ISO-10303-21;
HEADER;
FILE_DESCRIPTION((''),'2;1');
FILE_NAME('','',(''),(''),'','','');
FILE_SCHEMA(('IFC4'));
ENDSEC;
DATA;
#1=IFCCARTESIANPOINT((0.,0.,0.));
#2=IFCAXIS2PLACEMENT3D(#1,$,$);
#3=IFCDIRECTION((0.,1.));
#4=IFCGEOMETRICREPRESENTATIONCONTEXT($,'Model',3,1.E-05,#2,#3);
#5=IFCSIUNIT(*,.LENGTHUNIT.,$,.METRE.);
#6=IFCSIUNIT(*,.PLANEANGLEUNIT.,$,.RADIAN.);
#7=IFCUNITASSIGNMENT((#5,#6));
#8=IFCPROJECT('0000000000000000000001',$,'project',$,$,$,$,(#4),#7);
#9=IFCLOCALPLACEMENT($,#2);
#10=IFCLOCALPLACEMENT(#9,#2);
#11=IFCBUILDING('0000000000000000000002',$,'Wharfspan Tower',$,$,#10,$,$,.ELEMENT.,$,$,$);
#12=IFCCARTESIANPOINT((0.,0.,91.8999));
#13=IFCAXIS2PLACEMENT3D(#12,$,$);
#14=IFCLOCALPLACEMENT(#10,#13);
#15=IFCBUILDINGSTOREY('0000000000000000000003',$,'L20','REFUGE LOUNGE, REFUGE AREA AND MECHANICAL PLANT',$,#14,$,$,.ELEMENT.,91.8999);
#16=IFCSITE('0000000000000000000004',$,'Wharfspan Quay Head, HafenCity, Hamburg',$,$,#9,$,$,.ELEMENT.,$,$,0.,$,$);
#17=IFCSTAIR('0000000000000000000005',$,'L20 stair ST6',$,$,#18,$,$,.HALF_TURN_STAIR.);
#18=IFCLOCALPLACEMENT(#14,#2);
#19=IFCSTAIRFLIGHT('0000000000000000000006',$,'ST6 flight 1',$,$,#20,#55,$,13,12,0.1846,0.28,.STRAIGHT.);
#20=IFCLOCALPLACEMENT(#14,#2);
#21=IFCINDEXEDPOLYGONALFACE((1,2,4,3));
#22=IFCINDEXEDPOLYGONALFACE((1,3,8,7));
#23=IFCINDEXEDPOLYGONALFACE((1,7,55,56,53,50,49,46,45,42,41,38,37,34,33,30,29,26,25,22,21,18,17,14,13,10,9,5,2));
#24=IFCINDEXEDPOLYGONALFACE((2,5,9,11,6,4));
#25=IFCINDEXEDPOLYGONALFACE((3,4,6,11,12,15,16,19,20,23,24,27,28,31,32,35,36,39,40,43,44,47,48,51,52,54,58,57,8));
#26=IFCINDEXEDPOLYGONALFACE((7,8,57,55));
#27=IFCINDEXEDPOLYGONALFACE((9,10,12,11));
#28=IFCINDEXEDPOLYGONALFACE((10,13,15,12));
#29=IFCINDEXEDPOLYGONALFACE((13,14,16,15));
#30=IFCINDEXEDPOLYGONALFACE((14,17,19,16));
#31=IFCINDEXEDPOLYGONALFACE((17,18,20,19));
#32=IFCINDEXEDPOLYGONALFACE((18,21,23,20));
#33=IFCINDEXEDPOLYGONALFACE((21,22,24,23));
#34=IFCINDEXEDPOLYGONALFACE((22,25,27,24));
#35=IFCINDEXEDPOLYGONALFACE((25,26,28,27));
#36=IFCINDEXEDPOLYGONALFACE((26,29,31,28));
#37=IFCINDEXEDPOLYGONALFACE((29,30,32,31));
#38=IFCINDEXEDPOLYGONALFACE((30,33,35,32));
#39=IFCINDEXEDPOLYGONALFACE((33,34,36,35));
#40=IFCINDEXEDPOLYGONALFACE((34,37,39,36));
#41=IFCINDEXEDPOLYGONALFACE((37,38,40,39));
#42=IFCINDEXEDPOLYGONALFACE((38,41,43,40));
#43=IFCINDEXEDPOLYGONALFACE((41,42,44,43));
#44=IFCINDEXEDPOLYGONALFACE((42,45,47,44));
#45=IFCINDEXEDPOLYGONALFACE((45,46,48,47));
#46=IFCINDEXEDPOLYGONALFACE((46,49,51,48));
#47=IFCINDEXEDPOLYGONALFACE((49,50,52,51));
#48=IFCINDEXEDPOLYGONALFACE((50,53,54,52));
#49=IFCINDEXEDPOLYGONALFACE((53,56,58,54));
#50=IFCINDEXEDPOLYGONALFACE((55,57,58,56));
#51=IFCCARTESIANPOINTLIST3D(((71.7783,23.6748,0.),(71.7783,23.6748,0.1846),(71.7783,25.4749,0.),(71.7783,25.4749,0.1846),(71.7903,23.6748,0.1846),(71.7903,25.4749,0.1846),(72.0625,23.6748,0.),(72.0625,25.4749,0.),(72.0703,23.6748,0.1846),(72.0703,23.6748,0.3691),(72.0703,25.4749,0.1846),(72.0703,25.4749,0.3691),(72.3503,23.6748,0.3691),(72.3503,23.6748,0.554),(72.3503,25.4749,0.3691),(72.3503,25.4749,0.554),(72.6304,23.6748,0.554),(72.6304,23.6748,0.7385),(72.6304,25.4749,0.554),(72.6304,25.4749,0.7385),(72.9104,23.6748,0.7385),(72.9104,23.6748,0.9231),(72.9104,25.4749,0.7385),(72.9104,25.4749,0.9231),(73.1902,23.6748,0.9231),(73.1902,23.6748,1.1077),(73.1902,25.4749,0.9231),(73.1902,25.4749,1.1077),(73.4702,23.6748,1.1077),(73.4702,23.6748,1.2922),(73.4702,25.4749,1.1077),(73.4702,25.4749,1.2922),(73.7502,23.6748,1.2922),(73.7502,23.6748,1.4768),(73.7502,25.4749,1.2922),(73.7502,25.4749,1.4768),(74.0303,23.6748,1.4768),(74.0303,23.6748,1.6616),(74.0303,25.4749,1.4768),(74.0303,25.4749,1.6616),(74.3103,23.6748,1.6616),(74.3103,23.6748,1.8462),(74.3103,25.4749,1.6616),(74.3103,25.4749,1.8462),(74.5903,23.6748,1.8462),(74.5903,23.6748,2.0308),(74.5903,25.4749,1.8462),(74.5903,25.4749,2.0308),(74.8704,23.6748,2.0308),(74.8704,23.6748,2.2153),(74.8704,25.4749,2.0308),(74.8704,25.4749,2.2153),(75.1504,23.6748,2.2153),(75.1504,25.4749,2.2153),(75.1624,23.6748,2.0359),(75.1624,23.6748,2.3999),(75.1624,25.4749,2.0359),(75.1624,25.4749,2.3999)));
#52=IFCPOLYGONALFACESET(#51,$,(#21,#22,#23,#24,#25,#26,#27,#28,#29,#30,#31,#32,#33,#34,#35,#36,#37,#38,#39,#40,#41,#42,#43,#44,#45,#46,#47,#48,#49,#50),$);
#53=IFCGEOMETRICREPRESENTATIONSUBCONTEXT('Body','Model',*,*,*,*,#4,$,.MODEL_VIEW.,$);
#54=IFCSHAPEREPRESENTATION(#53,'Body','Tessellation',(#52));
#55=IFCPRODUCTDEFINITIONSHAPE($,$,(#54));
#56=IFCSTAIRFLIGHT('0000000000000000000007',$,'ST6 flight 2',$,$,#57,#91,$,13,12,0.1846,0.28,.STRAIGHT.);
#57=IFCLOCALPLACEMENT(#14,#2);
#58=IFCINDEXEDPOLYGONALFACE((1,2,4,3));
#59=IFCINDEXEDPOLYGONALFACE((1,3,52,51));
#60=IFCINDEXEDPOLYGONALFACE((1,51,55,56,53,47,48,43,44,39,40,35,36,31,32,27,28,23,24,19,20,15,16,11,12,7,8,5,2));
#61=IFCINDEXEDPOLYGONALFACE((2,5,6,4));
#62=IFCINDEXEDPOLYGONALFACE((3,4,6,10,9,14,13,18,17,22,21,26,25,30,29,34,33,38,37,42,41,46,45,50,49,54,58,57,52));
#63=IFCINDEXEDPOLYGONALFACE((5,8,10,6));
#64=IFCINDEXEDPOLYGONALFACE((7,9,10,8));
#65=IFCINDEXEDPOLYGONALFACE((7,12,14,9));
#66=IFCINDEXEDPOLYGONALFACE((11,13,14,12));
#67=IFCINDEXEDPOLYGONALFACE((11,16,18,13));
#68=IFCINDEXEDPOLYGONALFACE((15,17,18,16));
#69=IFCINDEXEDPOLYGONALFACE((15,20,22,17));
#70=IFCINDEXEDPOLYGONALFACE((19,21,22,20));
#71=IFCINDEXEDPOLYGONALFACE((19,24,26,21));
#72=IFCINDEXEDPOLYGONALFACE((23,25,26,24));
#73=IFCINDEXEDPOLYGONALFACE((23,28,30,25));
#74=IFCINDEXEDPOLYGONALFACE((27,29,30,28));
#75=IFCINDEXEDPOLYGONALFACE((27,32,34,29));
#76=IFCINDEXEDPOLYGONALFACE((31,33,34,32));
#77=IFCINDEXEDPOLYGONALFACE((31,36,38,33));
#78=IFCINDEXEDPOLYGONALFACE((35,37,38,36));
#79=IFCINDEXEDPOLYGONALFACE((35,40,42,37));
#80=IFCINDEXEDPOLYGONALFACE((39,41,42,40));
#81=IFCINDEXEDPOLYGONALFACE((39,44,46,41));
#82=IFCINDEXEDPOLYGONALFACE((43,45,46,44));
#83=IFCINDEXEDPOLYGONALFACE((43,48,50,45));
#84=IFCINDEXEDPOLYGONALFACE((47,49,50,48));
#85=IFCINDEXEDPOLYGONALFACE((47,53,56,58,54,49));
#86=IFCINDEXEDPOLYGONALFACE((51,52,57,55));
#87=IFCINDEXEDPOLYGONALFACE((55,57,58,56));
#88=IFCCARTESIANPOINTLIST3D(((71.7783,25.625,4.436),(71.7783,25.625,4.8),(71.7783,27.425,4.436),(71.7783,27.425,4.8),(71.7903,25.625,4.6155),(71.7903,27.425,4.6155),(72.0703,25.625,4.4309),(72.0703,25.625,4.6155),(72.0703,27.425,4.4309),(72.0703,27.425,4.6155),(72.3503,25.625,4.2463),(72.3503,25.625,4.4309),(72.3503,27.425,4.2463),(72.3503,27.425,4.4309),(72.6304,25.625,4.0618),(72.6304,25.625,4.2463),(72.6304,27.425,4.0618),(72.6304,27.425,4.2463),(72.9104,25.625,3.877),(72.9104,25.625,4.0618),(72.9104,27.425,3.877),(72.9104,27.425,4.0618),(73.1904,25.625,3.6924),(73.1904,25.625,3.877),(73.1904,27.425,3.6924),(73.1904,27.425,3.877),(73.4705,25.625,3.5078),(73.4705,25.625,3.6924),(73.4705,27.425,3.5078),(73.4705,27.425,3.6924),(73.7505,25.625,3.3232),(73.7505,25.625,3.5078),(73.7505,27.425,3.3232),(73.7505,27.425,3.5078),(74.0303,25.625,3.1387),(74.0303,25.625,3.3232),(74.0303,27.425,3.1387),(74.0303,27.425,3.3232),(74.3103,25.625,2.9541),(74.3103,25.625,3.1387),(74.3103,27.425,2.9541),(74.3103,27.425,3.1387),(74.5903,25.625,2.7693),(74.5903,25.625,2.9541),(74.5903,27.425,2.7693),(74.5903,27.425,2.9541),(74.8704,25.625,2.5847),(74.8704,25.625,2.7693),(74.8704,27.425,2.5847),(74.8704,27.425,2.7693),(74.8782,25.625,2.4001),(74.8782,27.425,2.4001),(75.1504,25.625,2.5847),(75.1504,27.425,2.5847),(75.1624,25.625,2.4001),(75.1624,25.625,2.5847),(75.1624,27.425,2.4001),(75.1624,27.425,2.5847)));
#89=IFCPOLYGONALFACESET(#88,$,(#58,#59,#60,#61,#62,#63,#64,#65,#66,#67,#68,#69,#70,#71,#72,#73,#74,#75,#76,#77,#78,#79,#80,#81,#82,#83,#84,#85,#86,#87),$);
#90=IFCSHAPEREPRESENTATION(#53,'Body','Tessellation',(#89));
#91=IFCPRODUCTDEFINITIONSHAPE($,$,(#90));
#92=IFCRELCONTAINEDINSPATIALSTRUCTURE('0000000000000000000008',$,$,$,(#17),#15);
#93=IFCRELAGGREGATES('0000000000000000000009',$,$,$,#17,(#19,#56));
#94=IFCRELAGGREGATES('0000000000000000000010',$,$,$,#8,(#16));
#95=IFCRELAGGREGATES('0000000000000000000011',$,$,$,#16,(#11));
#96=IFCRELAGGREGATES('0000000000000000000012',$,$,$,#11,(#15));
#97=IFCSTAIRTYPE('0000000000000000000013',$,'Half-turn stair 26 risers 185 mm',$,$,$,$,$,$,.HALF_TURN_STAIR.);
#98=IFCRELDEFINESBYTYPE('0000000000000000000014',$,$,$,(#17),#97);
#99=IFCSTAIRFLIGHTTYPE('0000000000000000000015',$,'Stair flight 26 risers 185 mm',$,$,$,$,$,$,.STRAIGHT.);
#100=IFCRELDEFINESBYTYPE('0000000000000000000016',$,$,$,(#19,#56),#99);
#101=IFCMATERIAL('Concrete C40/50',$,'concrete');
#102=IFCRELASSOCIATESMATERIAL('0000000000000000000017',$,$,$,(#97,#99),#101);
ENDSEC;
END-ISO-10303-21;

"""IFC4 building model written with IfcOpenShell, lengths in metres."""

from ifc_helpers import new_model, si_unit, direction, frame, origin, place, context, subcontext, project, spatial, polyline, outline, extrude, material, type_object, element, aggregate, save


model = new_model("IFC4")

# Units and contexts
model_context = context("Model", 3, precision=1e-05, world=origin(), true_north=direction((0.0, 1.0)))
body_context = subcontext(model_context, "Body", "Model", "MODEL_VIEW")
ifc_project = project(units=[si_unit("LENGTHUNIT", "METRE"), si_unit("PLANEANGLEUNIT", "RADIAN")], contexts=[model_context])

# Site, building, storey
site_placement = place(None, origin())
site = spatial("IfcSite", under=ifc_project, at=site_placement, Name="Wharfspan Quay Head, HafenCity, Hamburg", CompositionType="ELEMENT", RefElevation=0.0)
building_placement = place(site_placement, origin())
building = spatial("IfcBuilding", under=site, at=building_placement, Name="Wharfspan Tower", CompositionType="ELEMENT")
storey_placement = place(building_placement, frame((0.0, 0.0, 91.8999)))
storey = spatial("IfcBuildingStorey", under=building, at=storey_placement, Name="L20", Description="REFUGE LOUNGE, REFUGE AREA AND MECHANICAL PLANT", CompositionType="ELEMENT", Elevation=91.8999)

# Shared definitions
ifc_material_1 = material(Name="Concrete C40/50", Category="concrete")

# Stair, stair flights
stair_type = type_object("IfcStairType", Name="Half-turn stair 26 risers 185 mm", PredefinedType="HALF_TURN_STAIR", material=ifc_material_1)
stair_placement = place(storey_placement, origin())
stair = element("IfcStair", 1, at=stair_placement, inside=storey, type_object=stair_type, Name="L20 stair ST6", PredefinedType="HALF_TURN_STAIR")
stair_flight_type = type_object("IfcStairFlightType", Name="Stair flight 26 risers 185 mm", PredefinedType="STRAIGHT", material=ifc_material_1)
stair_flight_1_placement = place(storey_placement, frame((71.7903, 24.575, 0.0), z_axis=(0.0, 0.0, 1.0), x_axis=(1.0, 0.0, 0.0)))
stair_flight_1 = element("IfcStairFlight", 2, at=stair_flight_1_placement, type_object=stair_flight_type, Name="ST6 flight 1", NumberOfRisers=13, NumberOfTreads=12, PredefinedType="STRAIGHT", RiserHeight=0.1846, TreadLength=0.28, context=body_context, shape_type="SweptSolid", body=[
    extrude(outline(polyline([(-0.012, 0.0), (-0.012, 0.1846), (0.0, 0.1846), (0.28, 0.1846), (0.28, 0.3691), (0.5601, 0.3691), (0.5601, 0.554), (0.8401, 0.554), (0.8401, 0.7385), (1.1201, 0.7385), (1.1201, 0.9231), (1.3999, 0.9231), (1.3999, 1.1077), (1.6799, 1.1077), (1.6799, 1.2922), (1.96, 1.2922), (1.96, 1.4768), (2.24, 1.4768), (2.24, 1.6616), (2.52, 1.6616), (2.52, 1.8462), (2.8, 1.8462), (2.8, 2.0308), (3.0801, 2.0308), (3.0801, 2.2153), (3.3601, 2.2153), (3.3721, 2.3999), (3.3721, 2.0359), (0.2722, 0.0), (-0.012, 0.0)])), frame((0.0, 0.8999, 0.0), z_axis=(0.0, -1.0, 0.0), x_axis=(1.0, 0.0, 0.0)), (0.0, 0.0, 1.0), 1.8),
])
stair_flight_2_placement = place(storey_placement, frame((75.1504, 26.5249, 2.4001), z_axis=(0.0, 0.0, 1.0), x_axis=(-1.0, 0.0, 0.0)))
stair_flight_2 = element("IfcStairFlight", 3, at=stair_flight_2_placement, type_object=stair_flight_type, Name="ST6 flight 2", NumberOfRisers=13, NumberOfTreads=12, PredefinedType="STRAIGHT", RiserHeight=0.1846, TreadLength=0.28, context=body_context, shape_type="SweptSolid", body=[
    extrude(outline(polyline([(-0.012, 0.0), (-0.012, 0.1846), (0.0, 0.1846), (0.28, 0.1846), (0.28, 0.3691), (0.5601, 0.3691), (0.5601, 0.554), (0.8401, 0.554), (0.8401, 0.7385), (1.1201, 0.7385), (1.1201, 0.9231), (1.3999, 0.9231), (1.3999, 1.1077), (1.6799, 1.1077), (1.6799, 1.2922), (1.96, 1.2922), (1.96, 1.4768), (2.24, 1.4768), (2.24, 1.6616), (2.52, 1.6616), (2.52, 1.8462), (2.8, 1.8462), (2.8, 2.0308), (3.0801, 2.0308), (3.0801, 2.2153), (3.3601, 2.2153), (3.3721, 2.3999), (3.3721, 2.0359), (0.2722, 0.0), (-0.012, 0.0)])), frame((0.0, 0.8999, 0.0), z_axis=(0.0, -1.0, 0.0), x_axis=(1.0, 0.0, 0.0)), (0.0, 0.0, 1.0), 1.8),
])
aggregate(stair, [stair_flight_1, stair_flight_2])

save(model, "model.ifc")
